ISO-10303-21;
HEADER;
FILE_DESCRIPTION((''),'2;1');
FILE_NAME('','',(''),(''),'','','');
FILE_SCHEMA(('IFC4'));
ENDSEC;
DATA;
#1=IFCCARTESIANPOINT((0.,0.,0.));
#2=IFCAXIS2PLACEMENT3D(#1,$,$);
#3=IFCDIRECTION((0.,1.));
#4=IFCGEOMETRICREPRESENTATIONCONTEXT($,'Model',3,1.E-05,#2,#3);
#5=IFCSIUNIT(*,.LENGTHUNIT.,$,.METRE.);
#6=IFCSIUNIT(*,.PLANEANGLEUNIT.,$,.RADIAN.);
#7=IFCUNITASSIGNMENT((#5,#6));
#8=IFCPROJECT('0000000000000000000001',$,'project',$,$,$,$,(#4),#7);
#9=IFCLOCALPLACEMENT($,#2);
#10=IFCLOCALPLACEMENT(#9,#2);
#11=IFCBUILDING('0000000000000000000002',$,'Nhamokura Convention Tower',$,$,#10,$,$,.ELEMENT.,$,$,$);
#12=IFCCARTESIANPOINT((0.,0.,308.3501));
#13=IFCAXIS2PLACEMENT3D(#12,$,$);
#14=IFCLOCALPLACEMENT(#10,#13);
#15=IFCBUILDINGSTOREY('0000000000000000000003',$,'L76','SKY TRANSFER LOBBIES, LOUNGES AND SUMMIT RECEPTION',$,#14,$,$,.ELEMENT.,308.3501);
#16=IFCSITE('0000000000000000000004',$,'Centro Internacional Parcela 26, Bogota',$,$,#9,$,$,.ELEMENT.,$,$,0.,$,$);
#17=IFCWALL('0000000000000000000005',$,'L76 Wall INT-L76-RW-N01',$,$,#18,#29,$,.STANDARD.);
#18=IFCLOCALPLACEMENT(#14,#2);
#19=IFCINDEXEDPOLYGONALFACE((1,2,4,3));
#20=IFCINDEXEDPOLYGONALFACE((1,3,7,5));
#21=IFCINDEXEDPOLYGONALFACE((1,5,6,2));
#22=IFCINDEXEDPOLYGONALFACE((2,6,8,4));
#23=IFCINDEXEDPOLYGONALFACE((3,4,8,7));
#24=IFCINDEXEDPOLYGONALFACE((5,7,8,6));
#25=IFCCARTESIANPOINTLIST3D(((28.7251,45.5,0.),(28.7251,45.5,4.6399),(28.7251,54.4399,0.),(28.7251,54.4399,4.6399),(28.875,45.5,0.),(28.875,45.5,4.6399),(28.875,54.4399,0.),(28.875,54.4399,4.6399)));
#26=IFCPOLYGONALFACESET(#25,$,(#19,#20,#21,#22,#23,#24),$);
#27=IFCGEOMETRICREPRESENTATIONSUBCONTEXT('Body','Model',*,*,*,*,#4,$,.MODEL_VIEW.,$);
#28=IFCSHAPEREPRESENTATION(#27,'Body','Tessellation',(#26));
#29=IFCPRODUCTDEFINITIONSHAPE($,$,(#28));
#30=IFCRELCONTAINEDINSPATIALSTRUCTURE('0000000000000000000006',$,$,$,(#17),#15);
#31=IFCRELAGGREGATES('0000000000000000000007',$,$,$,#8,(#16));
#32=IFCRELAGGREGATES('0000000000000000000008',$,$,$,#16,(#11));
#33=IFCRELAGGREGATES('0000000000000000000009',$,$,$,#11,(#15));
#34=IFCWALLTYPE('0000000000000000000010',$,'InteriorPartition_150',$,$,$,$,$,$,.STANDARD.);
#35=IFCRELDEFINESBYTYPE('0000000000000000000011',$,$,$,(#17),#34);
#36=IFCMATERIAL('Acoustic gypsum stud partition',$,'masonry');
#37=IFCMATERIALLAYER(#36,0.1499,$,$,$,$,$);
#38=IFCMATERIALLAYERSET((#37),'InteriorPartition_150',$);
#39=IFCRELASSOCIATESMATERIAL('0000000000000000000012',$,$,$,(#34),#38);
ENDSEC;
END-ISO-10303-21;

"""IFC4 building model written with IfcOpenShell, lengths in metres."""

from ifc_helpers import new_model, si_unit, direction, frame, frame_2d, origin, place, context, subcontext, project, spatial, rectangle, extrude, material, layer, layer_set, type_object, element, save


model = new_model("IFC4")

# Units and contexts
model_context = context("Model", 3, precision=1e-05, world=origin(), true_north=direction((0.0, 1.0)))
body_context = subcontext(model_context, "Body", "Model", "MODEL_VIEW")
ifc_project = project(units=[si_unit("LENGTHUNIT", "METRE"), si_unit("PLANEANGLEUNIT", "RADIAN")], contexts=[model_context])

# Site, building, storey
site_placement = place(None, origin())
site = spatial("IfcSite", under=ifc_project, at=site_placement, Name="Centro Internacional Parcela 26, Bogota", CompositionType="ELEMENT", RefElevation=0.0)
building_placement = place(site_placement, origin())
building = spatial("IfcBuilding", under=site, at=building_placement, Name="Nhamokura Convention Tower", CompositionType="ELEMENT")
storey_placement = place(building_placement, frame((0.0, 0.0, 308.3501)))
storey = spatial("IfcBuildingStorey", under=building, at=storey_placement, Name="L76", Description="SKY TRANSFER LOBBIES, LOUNGES AND SUMMIT RECEPTION", CompositionType="ELEMENT", Elevation=308.3501)

# Wall
ifc_material_1 = material(Name="Acoustic gypsum stud partition", Category="masonry")
ifc_layer_1 = layer(ifc_material_1, 0.1499)
ifc_layer_set_1 = layer_set([ifc_layer_1], Name="InteriorPartition_150")
wall_type_1 = type_object("IfcWallType", Name="InteriorPartition_150", PredefinedType="STANDARD", material=ifc_layer_set_1)
wall_1_placement = place(storey_placement, frame((28.8, 45.5, 0.0), z_axis=(0.0, 0.0, 1.0), x_axis=(0.0, 1.0, 0.0)))
element("IfcWall", 1, at=wall_1_placement, inside=storey, type_object=wall_type_1, Name="L76 Wall INT-L76-RW-N01", PredefinedType="STANDARD", context=body_context, shape_type="SweptSolid", body=[
    extrude(rectangle(XDim=8.9399, YDim=0.1499, at=frame_2d((4.47, 0.0))), origin(), (0.0, 0.0, 1.0), 4.6399),
])

save(model, "model.ifc")
